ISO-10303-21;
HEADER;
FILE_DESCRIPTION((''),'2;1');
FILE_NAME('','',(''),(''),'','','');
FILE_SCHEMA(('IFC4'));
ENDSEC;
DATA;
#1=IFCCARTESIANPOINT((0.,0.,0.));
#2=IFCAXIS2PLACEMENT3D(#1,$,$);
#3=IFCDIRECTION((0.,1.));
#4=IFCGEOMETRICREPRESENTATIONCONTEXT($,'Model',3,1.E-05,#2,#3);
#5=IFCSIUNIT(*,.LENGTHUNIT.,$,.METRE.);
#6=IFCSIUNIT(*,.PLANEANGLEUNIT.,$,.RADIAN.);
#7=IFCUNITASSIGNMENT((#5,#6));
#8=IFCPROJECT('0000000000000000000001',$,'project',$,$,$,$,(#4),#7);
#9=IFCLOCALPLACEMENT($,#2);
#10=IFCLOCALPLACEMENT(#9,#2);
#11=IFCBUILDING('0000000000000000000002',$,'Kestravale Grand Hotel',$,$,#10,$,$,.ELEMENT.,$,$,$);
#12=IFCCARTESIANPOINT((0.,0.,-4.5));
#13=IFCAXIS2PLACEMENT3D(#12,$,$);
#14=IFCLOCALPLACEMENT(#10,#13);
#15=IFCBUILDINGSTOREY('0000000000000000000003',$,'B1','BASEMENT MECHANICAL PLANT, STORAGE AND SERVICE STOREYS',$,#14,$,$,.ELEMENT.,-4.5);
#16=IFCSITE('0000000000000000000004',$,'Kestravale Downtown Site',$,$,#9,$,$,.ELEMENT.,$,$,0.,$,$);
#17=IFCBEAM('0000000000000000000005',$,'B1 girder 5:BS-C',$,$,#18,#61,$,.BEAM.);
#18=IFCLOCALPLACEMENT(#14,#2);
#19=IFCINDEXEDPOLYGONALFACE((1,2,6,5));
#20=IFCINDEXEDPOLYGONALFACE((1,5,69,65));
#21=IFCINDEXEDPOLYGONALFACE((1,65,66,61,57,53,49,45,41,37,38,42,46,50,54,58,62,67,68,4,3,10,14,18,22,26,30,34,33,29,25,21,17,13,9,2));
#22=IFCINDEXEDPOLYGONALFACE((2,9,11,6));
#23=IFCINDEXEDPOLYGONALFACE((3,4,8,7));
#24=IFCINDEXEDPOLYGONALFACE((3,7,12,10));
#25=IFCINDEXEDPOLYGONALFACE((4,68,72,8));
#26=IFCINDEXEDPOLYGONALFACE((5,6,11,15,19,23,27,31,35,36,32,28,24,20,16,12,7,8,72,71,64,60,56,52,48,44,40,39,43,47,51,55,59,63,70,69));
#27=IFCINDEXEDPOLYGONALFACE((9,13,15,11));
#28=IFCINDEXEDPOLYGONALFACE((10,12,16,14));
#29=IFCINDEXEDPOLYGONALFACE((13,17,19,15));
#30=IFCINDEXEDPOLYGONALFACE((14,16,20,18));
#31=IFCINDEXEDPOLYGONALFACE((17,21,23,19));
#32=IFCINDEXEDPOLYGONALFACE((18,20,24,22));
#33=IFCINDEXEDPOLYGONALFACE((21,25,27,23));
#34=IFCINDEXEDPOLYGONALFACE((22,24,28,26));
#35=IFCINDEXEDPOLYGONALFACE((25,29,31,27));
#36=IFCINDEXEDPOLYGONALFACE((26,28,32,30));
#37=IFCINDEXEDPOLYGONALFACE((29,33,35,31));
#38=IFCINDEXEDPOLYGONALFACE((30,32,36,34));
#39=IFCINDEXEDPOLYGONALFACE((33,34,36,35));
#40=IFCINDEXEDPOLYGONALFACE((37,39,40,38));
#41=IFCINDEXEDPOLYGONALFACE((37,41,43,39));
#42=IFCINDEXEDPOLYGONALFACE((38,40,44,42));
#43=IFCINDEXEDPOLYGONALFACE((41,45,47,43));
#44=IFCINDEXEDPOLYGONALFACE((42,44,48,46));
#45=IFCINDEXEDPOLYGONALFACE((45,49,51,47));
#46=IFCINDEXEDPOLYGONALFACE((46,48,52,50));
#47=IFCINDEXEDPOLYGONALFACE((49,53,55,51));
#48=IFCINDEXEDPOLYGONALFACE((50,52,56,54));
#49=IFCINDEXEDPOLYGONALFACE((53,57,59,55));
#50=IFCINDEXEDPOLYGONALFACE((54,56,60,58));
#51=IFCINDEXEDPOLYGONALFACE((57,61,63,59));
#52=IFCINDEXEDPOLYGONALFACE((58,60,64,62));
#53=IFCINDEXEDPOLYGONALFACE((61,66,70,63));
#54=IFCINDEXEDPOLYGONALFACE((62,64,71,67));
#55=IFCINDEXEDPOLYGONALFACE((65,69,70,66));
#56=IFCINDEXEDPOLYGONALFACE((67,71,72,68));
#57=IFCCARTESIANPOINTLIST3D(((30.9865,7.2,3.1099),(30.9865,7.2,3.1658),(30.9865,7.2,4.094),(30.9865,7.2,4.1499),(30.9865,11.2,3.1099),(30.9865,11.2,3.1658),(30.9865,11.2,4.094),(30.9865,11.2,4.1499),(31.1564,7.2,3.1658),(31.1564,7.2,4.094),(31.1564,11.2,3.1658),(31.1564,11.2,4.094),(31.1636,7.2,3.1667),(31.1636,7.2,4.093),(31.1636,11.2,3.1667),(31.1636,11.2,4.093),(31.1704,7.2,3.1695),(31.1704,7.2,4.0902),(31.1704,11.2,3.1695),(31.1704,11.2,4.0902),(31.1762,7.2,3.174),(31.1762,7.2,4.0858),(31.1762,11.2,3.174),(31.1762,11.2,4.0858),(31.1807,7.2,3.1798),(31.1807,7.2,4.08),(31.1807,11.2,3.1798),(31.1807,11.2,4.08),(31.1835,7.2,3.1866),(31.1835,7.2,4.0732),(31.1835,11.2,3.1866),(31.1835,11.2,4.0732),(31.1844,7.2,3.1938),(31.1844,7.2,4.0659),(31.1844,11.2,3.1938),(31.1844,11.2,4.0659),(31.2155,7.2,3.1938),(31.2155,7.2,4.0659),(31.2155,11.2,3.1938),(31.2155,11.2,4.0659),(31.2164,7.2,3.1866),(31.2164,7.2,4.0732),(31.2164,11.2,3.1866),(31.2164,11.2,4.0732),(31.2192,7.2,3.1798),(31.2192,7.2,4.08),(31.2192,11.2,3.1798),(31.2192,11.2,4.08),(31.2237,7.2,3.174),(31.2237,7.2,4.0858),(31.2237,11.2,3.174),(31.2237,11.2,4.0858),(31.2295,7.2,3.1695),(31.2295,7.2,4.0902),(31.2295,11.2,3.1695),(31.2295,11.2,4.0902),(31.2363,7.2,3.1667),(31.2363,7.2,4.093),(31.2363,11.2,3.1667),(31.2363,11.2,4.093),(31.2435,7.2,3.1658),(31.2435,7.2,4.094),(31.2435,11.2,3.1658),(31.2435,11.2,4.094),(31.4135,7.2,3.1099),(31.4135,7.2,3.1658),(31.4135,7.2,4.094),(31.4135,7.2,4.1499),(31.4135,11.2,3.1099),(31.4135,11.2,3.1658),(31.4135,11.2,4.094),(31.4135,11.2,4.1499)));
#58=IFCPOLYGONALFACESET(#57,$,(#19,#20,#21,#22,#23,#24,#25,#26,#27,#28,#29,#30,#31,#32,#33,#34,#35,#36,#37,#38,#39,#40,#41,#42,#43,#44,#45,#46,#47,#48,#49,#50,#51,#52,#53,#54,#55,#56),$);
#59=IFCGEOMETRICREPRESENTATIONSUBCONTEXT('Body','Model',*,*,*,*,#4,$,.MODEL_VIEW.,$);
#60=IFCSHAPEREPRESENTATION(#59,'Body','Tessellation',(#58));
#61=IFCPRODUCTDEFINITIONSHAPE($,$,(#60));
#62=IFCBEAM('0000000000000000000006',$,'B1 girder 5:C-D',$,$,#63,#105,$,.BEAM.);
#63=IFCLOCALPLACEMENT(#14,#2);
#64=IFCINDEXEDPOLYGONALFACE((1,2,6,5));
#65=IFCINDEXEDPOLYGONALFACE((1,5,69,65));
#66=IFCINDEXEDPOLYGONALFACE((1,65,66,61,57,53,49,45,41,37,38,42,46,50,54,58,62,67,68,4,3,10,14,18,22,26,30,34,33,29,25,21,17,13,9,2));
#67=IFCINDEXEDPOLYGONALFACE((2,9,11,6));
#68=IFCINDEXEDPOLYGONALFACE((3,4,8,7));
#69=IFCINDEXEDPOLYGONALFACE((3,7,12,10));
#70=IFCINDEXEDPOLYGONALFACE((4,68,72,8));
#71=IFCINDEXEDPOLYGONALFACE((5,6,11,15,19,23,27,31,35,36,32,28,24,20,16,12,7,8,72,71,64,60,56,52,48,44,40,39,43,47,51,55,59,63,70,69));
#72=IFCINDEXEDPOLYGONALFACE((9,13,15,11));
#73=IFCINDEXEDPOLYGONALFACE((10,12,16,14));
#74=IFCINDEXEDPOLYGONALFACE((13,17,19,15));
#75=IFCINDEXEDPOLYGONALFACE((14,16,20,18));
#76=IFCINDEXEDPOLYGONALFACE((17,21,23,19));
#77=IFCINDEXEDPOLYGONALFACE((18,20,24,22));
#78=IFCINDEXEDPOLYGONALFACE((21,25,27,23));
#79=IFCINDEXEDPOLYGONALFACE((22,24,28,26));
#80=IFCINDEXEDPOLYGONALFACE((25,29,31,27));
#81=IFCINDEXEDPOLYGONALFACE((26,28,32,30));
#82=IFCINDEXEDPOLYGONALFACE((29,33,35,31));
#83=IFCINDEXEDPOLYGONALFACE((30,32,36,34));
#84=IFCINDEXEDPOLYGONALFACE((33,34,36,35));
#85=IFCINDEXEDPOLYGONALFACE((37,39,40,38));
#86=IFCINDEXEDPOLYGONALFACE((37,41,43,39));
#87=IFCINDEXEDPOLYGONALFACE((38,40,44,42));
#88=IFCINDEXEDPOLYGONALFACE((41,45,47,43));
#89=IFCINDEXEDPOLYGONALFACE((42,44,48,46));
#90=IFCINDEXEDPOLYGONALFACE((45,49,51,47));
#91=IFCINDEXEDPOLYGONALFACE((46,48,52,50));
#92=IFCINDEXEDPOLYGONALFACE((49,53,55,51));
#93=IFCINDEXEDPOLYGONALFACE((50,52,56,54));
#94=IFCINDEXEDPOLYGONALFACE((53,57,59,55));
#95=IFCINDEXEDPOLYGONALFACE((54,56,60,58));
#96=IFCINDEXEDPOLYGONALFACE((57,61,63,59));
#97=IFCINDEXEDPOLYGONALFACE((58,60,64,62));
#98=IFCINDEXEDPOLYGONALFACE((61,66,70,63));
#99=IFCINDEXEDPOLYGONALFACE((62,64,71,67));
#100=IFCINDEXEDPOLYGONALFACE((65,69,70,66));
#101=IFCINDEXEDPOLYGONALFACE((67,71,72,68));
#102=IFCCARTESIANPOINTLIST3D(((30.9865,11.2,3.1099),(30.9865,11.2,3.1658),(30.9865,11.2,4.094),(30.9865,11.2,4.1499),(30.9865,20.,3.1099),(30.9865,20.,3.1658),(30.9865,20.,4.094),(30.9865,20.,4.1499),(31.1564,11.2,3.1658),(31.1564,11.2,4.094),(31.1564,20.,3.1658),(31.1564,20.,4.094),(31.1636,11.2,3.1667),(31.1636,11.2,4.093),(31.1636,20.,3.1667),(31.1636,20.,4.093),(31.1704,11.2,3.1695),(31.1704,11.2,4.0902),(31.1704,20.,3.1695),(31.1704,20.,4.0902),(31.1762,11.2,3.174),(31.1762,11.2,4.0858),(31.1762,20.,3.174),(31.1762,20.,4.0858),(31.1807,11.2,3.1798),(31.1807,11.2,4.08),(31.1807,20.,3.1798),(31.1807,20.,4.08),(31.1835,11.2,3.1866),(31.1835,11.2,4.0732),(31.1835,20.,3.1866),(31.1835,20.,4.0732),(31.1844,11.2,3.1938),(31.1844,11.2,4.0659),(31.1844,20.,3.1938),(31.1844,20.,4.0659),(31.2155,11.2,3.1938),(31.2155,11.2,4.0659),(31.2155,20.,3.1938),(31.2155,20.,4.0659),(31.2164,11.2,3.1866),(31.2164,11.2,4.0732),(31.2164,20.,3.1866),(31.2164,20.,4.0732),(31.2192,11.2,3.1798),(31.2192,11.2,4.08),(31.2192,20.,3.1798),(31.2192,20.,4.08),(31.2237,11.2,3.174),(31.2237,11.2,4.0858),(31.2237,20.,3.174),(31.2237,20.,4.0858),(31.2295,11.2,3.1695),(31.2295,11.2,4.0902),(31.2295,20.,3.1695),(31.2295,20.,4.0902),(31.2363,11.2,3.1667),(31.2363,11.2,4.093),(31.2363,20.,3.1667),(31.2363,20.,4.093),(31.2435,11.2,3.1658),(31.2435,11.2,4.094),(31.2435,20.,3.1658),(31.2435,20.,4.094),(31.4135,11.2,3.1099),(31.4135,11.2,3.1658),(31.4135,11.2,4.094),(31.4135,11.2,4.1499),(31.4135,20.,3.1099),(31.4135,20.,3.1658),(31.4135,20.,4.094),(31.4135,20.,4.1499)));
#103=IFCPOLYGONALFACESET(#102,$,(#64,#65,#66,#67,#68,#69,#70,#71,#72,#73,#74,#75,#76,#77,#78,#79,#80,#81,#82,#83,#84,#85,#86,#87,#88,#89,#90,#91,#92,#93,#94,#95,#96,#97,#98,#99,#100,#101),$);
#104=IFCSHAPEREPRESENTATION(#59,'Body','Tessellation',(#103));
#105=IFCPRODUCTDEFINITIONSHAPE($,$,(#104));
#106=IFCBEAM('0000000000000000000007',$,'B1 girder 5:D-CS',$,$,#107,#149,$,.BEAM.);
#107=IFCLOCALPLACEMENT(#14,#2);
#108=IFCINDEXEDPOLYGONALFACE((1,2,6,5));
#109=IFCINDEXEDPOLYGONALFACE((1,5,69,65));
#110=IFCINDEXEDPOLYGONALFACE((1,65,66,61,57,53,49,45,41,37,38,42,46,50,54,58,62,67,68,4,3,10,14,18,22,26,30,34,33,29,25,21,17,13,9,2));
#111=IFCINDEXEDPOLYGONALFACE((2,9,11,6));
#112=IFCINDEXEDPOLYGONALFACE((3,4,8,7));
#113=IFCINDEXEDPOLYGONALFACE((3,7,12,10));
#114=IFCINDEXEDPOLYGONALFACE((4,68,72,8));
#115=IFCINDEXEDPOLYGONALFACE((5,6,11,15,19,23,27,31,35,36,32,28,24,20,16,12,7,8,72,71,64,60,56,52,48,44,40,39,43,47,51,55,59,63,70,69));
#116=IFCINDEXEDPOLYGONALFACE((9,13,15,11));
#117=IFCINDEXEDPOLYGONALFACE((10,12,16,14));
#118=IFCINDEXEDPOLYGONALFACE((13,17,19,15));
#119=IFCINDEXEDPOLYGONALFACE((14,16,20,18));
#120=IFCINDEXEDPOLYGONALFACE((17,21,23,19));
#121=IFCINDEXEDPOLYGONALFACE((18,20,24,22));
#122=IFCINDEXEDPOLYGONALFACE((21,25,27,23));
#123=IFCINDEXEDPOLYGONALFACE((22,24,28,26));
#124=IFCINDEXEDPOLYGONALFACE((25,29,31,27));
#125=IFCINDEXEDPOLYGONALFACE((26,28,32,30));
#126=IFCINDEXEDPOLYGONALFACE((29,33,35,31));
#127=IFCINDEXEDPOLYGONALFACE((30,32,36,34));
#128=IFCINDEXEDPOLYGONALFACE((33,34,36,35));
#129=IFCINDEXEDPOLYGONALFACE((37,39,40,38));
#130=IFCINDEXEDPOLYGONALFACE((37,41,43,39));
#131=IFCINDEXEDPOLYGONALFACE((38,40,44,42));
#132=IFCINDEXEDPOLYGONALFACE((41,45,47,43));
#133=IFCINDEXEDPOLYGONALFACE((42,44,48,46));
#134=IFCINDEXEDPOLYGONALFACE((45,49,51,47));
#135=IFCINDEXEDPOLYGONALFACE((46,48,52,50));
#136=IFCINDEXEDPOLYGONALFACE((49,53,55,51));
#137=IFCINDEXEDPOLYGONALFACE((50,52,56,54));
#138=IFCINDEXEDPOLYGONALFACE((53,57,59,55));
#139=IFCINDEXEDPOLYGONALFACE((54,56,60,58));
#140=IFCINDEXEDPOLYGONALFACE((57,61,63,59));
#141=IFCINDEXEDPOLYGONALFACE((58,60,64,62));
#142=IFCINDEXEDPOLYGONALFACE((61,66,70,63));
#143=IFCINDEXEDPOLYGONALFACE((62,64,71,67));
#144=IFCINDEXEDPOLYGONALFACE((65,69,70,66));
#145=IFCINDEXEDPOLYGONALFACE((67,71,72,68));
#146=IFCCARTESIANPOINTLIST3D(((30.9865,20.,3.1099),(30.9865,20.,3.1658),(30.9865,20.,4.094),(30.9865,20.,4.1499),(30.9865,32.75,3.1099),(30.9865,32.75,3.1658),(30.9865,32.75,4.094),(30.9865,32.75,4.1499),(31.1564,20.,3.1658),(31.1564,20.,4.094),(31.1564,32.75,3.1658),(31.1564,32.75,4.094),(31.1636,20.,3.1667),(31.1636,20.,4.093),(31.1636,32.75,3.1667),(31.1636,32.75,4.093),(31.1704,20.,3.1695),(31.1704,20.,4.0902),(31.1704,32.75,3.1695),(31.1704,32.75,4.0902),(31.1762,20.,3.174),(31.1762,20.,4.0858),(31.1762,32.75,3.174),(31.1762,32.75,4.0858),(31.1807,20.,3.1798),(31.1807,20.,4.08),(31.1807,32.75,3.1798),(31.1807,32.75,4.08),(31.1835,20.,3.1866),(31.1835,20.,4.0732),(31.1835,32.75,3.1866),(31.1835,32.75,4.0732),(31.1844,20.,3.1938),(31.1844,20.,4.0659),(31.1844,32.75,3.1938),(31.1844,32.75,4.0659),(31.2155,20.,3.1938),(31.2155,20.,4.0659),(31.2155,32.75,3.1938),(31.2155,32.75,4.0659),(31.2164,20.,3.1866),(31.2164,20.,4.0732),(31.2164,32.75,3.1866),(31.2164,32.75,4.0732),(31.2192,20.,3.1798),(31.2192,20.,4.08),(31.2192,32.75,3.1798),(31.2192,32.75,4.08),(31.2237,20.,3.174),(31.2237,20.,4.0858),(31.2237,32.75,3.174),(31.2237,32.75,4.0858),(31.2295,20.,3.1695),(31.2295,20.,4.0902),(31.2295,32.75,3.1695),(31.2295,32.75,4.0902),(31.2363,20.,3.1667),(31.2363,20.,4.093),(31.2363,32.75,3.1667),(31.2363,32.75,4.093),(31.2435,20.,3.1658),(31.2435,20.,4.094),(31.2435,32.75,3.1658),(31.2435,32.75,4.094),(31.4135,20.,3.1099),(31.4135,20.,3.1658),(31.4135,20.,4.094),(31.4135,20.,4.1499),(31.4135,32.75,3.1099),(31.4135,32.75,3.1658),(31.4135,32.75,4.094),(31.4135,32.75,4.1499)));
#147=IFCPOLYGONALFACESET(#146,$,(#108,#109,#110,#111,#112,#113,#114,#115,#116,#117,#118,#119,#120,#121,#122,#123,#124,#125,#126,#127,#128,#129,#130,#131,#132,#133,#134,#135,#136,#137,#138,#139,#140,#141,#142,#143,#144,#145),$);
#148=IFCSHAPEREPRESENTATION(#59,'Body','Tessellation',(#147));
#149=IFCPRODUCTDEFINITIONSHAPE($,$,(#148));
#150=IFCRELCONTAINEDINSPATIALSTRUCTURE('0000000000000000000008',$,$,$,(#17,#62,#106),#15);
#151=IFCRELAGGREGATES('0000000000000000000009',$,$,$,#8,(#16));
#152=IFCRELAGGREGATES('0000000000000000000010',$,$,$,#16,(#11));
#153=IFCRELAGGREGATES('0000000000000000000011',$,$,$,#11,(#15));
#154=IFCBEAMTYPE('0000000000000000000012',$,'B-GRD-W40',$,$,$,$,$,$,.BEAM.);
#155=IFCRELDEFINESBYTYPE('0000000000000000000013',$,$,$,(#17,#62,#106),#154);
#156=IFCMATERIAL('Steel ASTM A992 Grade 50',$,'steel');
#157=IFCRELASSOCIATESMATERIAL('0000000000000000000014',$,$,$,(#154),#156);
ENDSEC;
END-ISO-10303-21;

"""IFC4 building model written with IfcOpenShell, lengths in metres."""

from ifc_helpers import new_model, si_unit, direction, frame, origin, origin_2d, place, context, subcontext, project, spatial, i_section, extrude, material, material_profile, profile_set, type_object, element, save


model = new_model("IFC4")

# Units and contexts
model_context = context("Model", 3, precision=1e-05, world=origin(), true_north=direction((0.0, 1.0)))
body_context = subcontext(model_context, "Body", "Model", "MODEL_VIEW")
ifc_project = project(units=[si_unit("LENGTHUNIT", "METRE"), si_unit("PLANEANGLEUNIT", "RADIAN")], contexts=[model_context])

# Site, building, storey
site_placement = place(None, origin())
site = spatial("IfcSite", under=ifc_project, at=site_placement, Name="Kestravale Downtown Site", CompositionType="ELEMENT", RefElevation=0.0)
building_placement = place(site_placement, origin())
building = spatial("IfcBuilding", under=site, at=building_placement, Name="Kestravale Grand Hotel", CompositionType="ELEMENT")
storey_placement = place(building_placement, frame((0.0, 0.0, -4.5)))
storey = spatial("IfcBuildingStorey", under=building, at=storey_placement, Name="B1", Description="BASEMENT MECHANICAL PLANT, STORAGE AND SERVICE STOREYS", CompositionType="ELEMENT", Elevation=-4.5)

# Beams
ifc_material_1 = material(Name="Steel ASTM A992 Grade 50", Category="steel")
ifc_material_profile_1 = material_profile(ifc_material_1, i_section(OverallWidth=0.427, OverallDepth=1.04, WebThickness=0.031, FlangeThickness=0.0559, FilletRadius=0.0281, at=origin_2d()))
ifc_profile_set_1 = profile_set([ifc_material_profile_1], Name="Steel ASTM A992 Grade 50")
beam_type_1 = type_object("IfcBeamType", Name="B-GRD-W40", PredefinedType="BEAM", material=ifc_profile_set_1)
beam_1_placement = place(storey_placement, frame((31.2, 7.2, 3.6299), z_axis=(0.0, 1.0, 0.0), x_axis=(-1.0, 0.0, 0.0)))
element("IfcBeam", 1, at=beam_1_placement, inside=storey, type_object=beam_type_1, Name="B1 girder 5:BS-C", PredefinedType="BEAM", context=body_context, shape_type="SweptSolid", body=[
    extrude(i_section(OverallWidth=0.427, OverallDepth=1.04, WebThickness=0.031, FlangeThickness=0.0559, FilletRadius=0.0281, at=origin_2d()), origin(), (0.0, 0.0, 1.0), 4.0),
])
beam_2_placement = place(storey_placement, frame((31.2, 11.2, 3.6299), z_axis=(0.0, 1.0, 0.0), x_axis=(-1.0, 0.0, 0.0)))
element("IfcBeam", 2, at=beam_2_placement, inside=storey, type_object=beam_type_1, Name="B1 girder 5:C-D", PredefinedType="BEAM", context=body_context, shape_type="SweptSolid", body=[
    extrude(i_section(OverallWidth=0.427, OverallDepth=1.04, WebThickness=0.031, FlangeThickness=0.0559, FilletRadius=0.0281, at=origin_2d()), origin(), (0.0, 0.0, 1.0), 8.8),
])
beam_3_placement = place(storey_placement, frame((31.2, 20.0, 3.6299), z_axis=(0.0, 1.0, 0.0), x_axis=(-1.0, 0.0, 0.0)))
element("IfcBeam", 3, at=beam_3_placement, inside=storey, type_object=beam_type_1, Name="B1 girder 5:D-CS", PredefinedType="BEAM", context=body_context, shape_type="SweptSolid", body=[
    extrude(i_section(OverallWidth=0.427, OverallDepth=1.04, WebThickness=0.031, FlangeThickness=0.0559, FilletRadius=0.0281, at=origin_2d()), origin(), (0.0, 0.0, 1.0), 12.75),
])

save(model, "model.ifc")
